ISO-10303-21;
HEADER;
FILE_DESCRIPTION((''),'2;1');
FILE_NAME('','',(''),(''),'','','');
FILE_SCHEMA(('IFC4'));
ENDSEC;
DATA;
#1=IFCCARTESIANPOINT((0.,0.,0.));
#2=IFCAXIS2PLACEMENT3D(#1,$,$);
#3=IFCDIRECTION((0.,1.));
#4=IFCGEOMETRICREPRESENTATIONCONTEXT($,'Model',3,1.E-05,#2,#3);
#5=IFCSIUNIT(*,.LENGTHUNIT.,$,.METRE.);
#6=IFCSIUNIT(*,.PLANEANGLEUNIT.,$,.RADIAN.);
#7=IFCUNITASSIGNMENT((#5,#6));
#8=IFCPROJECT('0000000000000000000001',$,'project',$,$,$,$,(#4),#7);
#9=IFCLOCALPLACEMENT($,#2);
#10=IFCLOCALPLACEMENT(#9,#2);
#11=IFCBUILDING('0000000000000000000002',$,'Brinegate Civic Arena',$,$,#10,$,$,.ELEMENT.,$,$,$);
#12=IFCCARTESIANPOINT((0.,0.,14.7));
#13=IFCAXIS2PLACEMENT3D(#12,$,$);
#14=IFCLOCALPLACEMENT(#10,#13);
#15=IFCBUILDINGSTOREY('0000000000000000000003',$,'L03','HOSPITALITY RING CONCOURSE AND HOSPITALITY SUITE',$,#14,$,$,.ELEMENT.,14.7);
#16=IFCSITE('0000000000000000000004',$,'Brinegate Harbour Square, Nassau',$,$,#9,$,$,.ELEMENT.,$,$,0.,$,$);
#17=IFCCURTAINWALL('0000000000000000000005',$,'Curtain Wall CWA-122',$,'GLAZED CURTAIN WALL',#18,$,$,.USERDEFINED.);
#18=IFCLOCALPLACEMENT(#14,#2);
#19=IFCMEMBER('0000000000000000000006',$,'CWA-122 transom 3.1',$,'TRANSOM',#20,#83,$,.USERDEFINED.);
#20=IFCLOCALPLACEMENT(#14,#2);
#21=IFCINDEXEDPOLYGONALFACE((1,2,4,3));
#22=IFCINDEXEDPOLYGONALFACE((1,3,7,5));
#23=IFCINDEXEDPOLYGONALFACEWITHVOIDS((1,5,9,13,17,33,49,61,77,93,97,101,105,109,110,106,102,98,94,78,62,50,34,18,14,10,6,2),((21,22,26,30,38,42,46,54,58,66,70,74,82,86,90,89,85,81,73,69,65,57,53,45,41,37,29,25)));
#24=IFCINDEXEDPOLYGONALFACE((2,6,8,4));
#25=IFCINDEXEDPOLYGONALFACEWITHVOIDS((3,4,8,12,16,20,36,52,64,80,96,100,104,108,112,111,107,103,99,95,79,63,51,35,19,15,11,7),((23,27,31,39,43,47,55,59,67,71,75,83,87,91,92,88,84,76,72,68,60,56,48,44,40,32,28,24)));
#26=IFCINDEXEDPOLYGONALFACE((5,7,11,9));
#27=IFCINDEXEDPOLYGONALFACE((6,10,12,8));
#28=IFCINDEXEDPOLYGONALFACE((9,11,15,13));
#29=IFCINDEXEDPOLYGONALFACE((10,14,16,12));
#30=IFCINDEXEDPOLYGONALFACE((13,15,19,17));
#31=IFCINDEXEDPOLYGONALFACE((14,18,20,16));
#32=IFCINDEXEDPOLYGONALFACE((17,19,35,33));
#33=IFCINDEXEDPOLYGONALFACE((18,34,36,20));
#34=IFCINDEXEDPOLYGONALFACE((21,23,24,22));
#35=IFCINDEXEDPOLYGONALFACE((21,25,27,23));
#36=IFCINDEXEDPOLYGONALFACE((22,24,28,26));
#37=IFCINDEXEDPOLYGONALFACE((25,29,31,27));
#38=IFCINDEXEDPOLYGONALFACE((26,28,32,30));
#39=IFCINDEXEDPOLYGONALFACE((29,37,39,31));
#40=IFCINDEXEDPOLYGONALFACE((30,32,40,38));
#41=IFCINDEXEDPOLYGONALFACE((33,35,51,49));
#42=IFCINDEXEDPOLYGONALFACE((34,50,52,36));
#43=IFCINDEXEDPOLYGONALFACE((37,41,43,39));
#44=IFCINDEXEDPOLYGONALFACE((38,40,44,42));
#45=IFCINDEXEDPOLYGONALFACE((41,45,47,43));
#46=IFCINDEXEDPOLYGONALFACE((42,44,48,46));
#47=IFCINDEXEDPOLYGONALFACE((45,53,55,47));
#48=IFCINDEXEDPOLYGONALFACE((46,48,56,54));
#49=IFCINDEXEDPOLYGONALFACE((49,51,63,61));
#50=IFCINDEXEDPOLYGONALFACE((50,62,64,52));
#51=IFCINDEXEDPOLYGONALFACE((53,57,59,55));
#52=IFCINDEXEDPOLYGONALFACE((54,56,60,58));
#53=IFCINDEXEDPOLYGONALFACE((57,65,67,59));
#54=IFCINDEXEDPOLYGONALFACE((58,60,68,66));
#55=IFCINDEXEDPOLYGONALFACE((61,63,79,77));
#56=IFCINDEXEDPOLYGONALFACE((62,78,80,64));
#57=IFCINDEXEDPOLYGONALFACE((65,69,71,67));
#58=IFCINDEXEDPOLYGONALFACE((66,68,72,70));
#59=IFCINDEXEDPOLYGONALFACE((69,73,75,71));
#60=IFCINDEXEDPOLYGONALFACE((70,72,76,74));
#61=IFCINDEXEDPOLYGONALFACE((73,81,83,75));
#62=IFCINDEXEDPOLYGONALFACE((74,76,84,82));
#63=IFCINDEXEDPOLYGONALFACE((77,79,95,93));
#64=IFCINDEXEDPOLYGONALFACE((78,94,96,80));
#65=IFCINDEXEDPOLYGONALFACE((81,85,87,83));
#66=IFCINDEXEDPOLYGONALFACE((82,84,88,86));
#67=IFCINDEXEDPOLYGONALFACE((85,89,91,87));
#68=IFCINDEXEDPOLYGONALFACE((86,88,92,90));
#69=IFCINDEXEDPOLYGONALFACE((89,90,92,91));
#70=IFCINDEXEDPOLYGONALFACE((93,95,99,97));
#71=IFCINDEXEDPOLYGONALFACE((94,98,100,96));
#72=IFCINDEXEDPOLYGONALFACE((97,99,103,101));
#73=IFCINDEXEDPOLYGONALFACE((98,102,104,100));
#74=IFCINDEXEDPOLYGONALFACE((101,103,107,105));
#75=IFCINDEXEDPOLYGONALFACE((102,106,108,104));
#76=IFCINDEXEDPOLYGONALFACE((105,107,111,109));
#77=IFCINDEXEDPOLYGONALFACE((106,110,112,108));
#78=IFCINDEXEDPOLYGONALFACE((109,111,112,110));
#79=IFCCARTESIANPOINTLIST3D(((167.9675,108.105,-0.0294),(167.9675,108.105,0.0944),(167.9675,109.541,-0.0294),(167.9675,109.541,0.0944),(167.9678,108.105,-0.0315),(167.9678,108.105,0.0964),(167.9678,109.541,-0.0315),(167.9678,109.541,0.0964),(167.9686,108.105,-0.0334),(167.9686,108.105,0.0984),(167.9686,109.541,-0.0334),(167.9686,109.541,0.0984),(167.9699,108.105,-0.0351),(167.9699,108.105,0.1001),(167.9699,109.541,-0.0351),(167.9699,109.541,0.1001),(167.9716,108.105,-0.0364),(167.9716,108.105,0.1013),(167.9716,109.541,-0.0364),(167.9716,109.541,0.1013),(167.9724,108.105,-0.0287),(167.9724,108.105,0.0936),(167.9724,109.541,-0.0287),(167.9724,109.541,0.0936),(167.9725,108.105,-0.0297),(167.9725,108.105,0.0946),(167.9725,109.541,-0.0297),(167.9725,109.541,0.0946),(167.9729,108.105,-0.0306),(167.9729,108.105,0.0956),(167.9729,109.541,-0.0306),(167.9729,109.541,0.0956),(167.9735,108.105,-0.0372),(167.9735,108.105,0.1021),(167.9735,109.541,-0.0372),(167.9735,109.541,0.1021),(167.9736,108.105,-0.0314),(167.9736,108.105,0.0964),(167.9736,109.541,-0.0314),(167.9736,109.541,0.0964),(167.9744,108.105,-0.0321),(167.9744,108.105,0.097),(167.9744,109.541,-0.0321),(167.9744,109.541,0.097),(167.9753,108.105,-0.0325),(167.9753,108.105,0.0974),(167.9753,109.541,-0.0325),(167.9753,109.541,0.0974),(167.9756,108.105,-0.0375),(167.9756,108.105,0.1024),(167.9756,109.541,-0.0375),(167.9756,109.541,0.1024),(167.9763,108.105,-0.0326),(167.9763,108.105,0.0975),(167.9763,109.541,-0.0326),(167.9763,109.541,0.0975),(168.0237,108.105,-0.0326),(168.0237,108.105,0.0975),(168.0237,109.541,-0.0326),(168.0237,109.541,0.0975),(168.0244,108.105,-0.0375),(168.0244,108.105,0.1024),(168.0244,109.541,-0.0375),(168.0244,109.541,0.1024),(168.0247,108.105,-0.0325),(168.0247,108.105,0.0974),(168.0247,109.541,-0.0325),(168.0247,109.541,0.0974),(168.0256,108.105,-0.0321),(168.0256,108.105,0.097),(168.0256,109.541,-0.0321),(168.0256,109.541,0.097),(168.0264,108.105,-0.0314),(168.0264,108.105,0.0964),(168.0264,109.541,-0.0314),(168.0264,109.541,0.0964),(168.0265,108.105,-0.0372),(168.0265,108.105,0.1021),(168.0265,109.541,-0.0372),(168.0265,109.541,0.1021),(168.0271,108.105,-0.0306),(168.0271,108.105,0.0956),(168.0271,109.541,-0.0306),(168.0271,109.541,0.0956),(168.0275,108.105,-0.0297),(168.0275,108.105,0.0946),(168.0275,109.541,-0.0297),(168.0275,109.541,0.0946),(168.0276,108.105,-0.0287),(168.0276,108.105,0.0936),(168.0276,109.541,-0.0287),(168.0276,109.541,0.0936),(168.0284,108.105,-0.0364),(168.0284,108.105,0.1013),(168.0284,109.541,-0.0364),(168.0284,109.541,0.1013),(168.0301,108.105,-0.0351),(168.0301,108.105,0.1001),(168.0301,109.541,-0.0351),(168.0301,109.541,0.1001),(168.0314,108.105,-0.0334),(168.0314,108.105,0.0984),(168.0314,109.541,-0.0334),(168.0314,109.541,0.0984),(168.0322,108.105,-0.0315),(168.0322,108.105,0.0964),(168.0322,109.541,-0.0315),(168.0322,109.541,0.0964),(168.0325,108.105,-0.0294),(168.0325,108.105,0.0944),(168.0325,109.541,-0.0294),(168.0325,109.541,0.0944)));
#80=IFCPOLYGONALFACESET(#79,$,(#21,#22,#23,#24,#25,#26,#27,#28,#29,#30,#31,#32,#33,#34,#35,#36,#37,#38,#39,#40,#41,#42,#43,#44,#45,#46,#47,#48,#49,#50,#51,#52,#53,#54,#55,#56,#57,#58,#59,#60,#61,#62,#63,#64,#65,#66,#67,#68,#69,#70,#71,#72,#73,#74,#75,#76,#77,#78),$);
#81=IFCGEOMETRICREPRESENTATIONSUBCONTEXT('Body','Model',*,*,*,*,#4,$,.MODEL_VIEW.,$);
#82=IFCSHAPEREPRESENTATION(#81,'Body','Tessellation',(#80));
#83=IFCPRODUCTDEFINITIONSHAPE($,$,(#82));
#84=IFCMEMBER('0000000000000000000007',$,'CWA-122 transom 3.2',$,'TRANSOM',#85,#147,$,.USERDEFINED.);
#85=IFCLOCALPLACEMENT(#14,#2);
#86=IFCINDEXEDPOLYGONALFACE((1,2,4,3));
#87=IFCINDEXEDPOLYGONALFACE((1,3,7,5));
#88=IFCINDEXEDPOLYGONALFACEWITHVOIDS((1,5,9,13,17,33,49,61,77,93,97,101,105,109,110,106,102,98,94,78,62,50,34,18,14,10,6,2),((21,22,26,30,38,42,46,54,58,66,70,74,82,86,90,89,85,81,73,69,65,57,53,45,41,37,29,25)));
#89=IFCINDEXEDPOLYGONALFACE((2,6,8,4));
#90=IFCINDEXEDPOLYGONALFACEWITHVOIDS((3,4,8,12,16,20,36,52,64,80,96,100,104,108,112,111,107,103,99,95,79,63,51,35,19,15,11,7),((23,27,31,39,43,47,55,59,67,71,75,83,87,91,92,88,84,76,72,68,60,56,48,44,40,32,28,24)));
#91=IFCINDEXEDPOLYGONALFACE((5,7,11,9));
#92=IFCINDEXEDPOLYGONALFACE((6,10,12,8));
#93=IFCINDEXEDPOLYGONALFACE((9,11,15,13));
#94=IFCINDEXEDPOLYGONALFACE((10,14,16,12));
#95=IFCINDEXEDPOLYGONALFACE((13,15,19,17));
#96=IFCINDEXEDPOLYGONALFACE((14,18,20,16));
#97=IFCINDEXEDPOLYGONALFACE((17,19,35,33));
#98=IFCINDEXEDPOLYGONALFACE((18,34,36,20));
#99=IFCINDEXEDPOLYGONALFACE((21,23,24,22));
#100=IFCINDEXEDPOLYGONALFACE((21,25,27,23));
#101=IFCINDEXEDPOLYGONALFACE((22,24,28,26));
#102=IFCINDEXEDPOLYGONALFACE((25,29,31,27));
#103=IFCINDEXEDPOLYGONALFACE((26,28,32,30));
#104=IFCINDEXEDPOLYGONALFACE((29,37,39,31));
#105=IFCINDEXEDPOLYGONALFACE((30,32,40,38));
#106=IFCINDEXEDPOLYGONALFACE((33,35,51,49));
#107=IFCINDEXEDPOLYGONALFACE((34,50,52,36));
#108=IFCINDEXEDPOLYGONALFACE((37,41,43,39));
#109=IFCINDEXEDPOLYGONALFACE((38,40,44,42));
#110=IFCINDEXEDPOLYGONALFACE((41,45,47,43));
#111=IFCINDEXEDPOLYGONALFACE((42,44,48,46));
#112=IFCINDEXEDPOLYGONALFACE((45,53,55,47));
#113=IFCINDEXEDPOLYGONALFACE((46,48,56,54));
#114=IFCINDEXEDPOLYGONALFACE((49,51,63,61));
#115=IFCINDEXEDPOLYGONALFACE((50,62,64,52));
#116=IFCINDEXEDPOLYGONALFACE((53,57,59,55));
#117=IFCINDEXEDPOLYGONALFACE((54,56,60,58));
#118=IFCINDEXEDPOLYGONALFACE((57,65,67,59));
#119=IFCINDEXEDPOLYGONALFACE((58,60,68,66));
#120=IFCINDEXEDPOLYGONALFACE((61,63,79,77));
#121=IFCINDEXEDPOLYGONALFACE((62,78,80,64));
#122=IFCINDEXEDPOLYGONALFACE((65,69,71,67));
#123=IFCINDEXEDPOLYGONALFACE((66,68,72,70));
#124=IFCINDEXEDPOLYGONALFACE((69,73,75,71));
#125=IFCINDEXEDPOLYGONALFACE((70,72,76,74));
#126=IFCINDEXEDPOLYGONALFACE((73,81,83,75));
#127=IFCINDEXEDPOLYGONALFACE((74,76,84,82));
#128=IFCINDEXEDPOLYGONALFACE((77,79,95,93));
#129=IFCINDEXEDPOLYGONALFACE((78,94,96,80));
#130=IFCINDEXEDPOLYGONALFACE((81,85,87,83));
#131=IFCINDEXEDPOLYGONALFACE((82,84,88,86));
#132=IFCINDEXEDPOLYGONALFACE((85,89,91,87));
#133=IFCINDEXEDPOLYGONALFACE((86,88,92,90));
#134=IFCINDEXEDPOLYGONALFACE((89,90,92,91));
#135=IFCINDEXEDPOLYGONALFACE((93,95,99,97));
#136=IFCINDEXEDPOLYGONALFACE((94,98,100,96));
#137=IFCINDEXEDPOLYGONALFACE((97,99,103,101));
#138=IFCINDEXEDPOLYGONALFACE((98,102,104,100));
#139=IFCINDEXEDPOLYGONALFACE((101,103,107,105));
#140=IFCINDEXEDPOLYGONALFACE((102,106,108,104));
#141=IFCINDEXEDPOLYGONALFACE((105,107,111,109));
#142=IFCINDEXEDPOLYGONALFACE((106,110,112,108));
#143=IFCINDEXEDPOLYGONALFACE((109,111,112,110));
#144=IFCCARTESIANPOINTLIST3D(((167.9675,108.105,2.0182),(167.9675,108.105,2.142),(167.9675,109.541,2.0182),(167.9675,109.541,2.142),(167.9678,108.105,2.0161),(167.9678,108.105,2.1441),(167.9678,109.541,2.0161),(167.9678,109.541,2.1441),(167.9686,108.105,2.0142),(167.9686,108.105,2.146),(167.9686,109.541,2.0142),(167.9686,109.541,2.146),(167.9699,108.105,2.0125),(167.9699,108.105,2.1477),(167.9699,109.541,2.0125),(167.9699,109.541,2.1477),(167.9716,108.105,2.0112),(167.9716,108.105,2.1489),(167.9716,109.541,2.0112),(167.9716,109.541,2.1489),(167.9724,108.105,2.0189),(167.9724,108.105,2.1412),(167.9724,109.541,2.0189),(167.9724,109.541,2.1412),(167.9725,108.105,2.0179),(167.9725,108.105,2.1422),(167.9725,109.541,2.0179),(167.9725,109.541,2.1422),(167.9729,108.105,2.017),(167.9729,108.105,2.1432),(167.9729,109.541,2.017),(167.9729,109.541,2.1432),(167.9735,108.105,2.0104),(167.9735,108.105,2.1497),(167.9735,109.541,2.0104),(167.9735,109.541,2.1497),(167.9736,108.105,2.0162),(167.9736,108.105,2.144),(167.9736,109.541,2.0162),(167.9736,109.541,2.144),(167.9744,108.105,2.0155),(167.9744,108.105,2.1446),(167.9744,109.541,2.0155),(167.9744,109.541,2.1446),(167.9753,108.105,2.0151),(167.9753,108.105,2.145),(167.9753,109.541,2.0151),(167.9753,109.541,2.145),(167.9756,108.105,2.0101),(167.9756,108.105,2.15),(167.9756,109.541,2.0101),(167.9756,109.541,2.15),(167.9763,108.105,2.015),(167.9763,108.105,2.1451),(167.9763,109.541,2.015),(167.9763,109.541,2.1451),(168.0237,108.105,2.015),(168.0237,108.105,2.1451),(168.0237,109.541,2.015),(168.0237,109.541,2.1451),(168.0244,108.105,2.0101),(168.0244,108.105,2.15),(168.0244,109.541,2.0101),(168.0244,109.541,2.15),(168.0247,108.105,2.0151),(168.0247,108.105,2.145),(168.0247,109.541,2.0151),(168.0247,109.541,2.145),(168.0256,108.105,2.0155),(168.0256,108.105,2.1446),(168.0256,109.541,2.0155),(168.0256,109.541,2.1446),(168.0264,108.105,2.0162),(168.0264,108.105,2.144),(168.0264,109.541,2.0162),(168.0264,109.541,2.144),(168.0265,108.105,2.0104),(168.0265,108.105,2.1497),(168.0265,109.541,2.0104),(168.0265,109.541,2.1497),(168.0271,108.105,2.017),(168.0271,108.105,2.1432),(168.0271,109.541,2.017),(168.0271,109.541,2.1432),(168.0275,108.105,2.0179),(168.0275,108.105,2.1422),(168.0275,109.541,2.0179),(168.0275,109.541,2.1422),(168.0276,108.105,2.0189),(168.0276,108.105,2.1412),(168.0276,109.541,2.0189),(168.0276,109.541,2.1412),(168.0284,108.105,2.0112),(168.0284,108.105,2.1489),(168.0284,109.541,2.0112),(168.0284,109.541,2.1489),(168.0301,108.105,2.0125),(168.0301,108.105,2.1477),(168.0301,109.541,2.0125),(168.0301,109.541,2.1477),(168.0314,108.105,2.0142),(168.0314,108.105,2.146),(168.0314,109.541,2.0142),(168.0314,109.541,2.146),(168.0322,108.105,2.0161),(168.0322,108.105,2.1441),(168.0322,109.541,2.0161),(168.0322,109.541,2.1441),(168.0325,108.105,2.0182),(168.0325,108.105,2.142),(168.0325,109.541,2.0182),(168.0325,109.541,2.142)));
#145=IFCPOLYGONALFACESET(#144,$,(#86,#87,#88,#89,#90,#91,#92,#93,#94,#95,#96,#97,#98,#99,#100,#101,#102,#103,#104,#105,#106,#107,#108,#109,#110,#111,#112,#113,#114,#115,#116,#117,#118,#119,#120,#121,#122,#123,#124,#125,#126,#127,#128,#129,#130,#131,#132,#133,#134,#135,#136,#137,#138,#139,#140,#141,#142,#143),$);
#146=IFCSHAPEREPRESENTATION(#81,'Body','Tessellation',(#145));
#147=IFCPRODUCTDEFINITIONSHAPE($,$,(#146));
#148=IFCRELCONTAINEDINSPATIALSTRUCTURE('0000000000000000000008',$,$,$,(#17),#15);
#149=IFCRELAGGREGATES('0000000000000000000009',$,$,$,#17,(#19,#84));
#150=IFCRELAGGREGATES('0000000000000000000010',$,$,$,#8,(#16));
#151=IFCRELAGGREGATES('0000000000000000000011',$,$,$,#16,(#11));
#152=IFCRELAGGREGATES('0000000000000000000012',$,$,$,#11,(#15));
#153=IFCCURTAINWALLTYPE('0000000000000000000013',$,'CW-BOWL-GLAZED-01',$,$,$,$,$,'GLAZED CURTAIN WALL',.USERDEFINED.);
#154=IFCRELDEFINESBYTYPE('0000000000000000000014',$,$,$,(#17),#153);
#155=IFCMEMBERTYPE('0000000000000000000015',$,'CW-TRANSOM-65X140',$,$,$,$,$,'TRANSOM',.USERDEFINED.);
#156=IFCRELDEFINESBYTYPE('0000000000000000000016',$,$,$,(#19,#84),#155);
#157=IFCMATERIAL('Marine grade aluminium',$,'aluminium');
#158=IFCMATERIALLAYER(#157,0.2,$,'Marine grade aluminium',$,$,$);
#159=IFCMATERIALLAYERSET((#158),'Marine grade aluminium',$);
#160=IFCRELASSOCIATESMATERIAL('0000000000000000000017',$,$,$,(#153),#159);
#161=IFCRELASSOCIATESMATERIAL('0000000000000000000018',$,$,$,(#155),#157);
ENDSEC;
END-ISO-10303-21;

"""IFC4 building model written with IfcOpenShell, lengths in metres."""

from ifc_helpers import new_model, si_unit, direction, frame, origin, origin_2d, place, context, subcontext, project, spatial, hollow_rectangle, extrude, material, layer, layer_set, material_profile, profile_set, type_object, element, aggregate, save


model = new_model("IFC4")

# Units and contexts
model_context = context("Model", 3, precision=1e-05, world=origin(), true_north=direction((0.0, 1.0)))
body_context = subcontext(model_context, "Body", "Model", "MODEL_VIEW")
ifc_project = project(units=[si_unit("LENGTHUNIT", "METRE"), si_unit("PLANEANGLEUNIT", "RADIAN")], contexts=[model_context])

# Site, building, storey
site_placement = place(None, origin())
site = spatial("IfcSite", under=ifc_project, at=site_placement, Name="Brinegate Harbour Square, Nassau", CompositionType="ELEMENT", RefElevation=0.0)
building_placement = place(site_placement, origin())
building = spatial("IfcBuilding", under=site, at=building_placement, Name="Brinegate Civic Arena", CompositionType="ELEMENT")
storey_placement = place(building_placement, frame((0.0, 0.0, 14.7)))
storey = spatial("IfcBuildingStorey", under=building, at=storey_placement, Name="L03", Description="HOSPITALITY RING CONCOURSE AND HOSPITALITY SUITE", CompositionType="ELEMENT", Elevation=14.7)

# Curtain wall, members
ifc_material_1 = material(Name="Marine grade aluminium", Category="aluminium")
ifc_layer_1 = layer(ifc_material_1, 0.2, Name="Marine grade aluminium")
ifc_layer_set_1 = layer_set([ifc_layer_1], Name="Marine grade aluminium")
curtain_wall_type = type_object("IfcCurtainWallType", Name="CW-BOWL-GLAZED-01", ElementType="GLAZED CURTAIN WALL", PredefinedType="USERDEFINED", material=ifc_layer_set_1)
curtain_wall_placement = place(storey_placement, origin())
curtain_wall = element("IfcCurtainWall", 1, at=curtain_wall_placement, inside=storey, type_object=curtain_wall_type, Name="Curtain Wall CWA-122", ObjectType="GLAZED CURTAIN WALL", PredefinedType="USERDEFINED")
ifc_material_profile_1 = material_profile(ifc_material_1, hollow_rectangle(XDim=0.0649, YDim=0.1399, WallThickness=0.0049, InnerFilletRadius=0.0039, OuterFilletRadius=0.0081, at=origin_2d()), Name="TRN65X140")
ifc_profile_set_1 = profile_set([ifc_material_profile_1], Name="Marine grade aluminium")
member_type_1 = type_object("IfcMemberType", Name="CW-TRANSOM-65X140", ElementType="TRANSOM", PredefinedType="USERDEFINED", material=ifc_profile_set_1)
member_1_placement = place(storey_placement, frame((168.0, 108.105, 0.0325), z_axis=(0.0, 1.0, 0.0), x_axis=(-1.0, 0.0, 0.0)))
member_1 = element("IfcMember", 2, at=member_1_placement, type_object=member_type_1, Name="CWA-122 transom 3.1", ObjectType="TRANSOM", PredefinedType="USERDEFINED", context=body_context, shape_type="SweptSolid", body=[
    extrude(hollow_rectangle(XDim=0.0649, YDim=0.1399, WallThickness=0.0049, InnerFilletRadius=0.0039, OuterFilletRadius=0.0081, at=origin_2d()), origin(), (0.0, 0.0, 1.0), 1.436),
])
member_2_placement = place(storey_placement, frame((168.0, 108.105, 2.0801), z_axis=(0.0, 1.0, 0.0), x_axis=(-1.0, 0.0, 0.0)))
member_2 = element("IfcMember", 3, at=member_2_placement, type_object=member_type_1, Name="CWA-122 transom 3.2", ObjectType="TRANSOM", PredefinedType="USERDEFINED", context=body_context, shape_type="SweptSolid", body=[
    extrude(hollow_rectangle(XDim=0.0649, YDim=0.1399, WallThickness=0.0049, InnerFilletRadius=0.0039, OuterFilletRadius=0.0081, at=origin_2d()), origin(), (0.0, 0.0, 1.0), 1.436),
])
aggregate(curtain_wall, [member_1, member_2])

save(model, "model.ifc")
